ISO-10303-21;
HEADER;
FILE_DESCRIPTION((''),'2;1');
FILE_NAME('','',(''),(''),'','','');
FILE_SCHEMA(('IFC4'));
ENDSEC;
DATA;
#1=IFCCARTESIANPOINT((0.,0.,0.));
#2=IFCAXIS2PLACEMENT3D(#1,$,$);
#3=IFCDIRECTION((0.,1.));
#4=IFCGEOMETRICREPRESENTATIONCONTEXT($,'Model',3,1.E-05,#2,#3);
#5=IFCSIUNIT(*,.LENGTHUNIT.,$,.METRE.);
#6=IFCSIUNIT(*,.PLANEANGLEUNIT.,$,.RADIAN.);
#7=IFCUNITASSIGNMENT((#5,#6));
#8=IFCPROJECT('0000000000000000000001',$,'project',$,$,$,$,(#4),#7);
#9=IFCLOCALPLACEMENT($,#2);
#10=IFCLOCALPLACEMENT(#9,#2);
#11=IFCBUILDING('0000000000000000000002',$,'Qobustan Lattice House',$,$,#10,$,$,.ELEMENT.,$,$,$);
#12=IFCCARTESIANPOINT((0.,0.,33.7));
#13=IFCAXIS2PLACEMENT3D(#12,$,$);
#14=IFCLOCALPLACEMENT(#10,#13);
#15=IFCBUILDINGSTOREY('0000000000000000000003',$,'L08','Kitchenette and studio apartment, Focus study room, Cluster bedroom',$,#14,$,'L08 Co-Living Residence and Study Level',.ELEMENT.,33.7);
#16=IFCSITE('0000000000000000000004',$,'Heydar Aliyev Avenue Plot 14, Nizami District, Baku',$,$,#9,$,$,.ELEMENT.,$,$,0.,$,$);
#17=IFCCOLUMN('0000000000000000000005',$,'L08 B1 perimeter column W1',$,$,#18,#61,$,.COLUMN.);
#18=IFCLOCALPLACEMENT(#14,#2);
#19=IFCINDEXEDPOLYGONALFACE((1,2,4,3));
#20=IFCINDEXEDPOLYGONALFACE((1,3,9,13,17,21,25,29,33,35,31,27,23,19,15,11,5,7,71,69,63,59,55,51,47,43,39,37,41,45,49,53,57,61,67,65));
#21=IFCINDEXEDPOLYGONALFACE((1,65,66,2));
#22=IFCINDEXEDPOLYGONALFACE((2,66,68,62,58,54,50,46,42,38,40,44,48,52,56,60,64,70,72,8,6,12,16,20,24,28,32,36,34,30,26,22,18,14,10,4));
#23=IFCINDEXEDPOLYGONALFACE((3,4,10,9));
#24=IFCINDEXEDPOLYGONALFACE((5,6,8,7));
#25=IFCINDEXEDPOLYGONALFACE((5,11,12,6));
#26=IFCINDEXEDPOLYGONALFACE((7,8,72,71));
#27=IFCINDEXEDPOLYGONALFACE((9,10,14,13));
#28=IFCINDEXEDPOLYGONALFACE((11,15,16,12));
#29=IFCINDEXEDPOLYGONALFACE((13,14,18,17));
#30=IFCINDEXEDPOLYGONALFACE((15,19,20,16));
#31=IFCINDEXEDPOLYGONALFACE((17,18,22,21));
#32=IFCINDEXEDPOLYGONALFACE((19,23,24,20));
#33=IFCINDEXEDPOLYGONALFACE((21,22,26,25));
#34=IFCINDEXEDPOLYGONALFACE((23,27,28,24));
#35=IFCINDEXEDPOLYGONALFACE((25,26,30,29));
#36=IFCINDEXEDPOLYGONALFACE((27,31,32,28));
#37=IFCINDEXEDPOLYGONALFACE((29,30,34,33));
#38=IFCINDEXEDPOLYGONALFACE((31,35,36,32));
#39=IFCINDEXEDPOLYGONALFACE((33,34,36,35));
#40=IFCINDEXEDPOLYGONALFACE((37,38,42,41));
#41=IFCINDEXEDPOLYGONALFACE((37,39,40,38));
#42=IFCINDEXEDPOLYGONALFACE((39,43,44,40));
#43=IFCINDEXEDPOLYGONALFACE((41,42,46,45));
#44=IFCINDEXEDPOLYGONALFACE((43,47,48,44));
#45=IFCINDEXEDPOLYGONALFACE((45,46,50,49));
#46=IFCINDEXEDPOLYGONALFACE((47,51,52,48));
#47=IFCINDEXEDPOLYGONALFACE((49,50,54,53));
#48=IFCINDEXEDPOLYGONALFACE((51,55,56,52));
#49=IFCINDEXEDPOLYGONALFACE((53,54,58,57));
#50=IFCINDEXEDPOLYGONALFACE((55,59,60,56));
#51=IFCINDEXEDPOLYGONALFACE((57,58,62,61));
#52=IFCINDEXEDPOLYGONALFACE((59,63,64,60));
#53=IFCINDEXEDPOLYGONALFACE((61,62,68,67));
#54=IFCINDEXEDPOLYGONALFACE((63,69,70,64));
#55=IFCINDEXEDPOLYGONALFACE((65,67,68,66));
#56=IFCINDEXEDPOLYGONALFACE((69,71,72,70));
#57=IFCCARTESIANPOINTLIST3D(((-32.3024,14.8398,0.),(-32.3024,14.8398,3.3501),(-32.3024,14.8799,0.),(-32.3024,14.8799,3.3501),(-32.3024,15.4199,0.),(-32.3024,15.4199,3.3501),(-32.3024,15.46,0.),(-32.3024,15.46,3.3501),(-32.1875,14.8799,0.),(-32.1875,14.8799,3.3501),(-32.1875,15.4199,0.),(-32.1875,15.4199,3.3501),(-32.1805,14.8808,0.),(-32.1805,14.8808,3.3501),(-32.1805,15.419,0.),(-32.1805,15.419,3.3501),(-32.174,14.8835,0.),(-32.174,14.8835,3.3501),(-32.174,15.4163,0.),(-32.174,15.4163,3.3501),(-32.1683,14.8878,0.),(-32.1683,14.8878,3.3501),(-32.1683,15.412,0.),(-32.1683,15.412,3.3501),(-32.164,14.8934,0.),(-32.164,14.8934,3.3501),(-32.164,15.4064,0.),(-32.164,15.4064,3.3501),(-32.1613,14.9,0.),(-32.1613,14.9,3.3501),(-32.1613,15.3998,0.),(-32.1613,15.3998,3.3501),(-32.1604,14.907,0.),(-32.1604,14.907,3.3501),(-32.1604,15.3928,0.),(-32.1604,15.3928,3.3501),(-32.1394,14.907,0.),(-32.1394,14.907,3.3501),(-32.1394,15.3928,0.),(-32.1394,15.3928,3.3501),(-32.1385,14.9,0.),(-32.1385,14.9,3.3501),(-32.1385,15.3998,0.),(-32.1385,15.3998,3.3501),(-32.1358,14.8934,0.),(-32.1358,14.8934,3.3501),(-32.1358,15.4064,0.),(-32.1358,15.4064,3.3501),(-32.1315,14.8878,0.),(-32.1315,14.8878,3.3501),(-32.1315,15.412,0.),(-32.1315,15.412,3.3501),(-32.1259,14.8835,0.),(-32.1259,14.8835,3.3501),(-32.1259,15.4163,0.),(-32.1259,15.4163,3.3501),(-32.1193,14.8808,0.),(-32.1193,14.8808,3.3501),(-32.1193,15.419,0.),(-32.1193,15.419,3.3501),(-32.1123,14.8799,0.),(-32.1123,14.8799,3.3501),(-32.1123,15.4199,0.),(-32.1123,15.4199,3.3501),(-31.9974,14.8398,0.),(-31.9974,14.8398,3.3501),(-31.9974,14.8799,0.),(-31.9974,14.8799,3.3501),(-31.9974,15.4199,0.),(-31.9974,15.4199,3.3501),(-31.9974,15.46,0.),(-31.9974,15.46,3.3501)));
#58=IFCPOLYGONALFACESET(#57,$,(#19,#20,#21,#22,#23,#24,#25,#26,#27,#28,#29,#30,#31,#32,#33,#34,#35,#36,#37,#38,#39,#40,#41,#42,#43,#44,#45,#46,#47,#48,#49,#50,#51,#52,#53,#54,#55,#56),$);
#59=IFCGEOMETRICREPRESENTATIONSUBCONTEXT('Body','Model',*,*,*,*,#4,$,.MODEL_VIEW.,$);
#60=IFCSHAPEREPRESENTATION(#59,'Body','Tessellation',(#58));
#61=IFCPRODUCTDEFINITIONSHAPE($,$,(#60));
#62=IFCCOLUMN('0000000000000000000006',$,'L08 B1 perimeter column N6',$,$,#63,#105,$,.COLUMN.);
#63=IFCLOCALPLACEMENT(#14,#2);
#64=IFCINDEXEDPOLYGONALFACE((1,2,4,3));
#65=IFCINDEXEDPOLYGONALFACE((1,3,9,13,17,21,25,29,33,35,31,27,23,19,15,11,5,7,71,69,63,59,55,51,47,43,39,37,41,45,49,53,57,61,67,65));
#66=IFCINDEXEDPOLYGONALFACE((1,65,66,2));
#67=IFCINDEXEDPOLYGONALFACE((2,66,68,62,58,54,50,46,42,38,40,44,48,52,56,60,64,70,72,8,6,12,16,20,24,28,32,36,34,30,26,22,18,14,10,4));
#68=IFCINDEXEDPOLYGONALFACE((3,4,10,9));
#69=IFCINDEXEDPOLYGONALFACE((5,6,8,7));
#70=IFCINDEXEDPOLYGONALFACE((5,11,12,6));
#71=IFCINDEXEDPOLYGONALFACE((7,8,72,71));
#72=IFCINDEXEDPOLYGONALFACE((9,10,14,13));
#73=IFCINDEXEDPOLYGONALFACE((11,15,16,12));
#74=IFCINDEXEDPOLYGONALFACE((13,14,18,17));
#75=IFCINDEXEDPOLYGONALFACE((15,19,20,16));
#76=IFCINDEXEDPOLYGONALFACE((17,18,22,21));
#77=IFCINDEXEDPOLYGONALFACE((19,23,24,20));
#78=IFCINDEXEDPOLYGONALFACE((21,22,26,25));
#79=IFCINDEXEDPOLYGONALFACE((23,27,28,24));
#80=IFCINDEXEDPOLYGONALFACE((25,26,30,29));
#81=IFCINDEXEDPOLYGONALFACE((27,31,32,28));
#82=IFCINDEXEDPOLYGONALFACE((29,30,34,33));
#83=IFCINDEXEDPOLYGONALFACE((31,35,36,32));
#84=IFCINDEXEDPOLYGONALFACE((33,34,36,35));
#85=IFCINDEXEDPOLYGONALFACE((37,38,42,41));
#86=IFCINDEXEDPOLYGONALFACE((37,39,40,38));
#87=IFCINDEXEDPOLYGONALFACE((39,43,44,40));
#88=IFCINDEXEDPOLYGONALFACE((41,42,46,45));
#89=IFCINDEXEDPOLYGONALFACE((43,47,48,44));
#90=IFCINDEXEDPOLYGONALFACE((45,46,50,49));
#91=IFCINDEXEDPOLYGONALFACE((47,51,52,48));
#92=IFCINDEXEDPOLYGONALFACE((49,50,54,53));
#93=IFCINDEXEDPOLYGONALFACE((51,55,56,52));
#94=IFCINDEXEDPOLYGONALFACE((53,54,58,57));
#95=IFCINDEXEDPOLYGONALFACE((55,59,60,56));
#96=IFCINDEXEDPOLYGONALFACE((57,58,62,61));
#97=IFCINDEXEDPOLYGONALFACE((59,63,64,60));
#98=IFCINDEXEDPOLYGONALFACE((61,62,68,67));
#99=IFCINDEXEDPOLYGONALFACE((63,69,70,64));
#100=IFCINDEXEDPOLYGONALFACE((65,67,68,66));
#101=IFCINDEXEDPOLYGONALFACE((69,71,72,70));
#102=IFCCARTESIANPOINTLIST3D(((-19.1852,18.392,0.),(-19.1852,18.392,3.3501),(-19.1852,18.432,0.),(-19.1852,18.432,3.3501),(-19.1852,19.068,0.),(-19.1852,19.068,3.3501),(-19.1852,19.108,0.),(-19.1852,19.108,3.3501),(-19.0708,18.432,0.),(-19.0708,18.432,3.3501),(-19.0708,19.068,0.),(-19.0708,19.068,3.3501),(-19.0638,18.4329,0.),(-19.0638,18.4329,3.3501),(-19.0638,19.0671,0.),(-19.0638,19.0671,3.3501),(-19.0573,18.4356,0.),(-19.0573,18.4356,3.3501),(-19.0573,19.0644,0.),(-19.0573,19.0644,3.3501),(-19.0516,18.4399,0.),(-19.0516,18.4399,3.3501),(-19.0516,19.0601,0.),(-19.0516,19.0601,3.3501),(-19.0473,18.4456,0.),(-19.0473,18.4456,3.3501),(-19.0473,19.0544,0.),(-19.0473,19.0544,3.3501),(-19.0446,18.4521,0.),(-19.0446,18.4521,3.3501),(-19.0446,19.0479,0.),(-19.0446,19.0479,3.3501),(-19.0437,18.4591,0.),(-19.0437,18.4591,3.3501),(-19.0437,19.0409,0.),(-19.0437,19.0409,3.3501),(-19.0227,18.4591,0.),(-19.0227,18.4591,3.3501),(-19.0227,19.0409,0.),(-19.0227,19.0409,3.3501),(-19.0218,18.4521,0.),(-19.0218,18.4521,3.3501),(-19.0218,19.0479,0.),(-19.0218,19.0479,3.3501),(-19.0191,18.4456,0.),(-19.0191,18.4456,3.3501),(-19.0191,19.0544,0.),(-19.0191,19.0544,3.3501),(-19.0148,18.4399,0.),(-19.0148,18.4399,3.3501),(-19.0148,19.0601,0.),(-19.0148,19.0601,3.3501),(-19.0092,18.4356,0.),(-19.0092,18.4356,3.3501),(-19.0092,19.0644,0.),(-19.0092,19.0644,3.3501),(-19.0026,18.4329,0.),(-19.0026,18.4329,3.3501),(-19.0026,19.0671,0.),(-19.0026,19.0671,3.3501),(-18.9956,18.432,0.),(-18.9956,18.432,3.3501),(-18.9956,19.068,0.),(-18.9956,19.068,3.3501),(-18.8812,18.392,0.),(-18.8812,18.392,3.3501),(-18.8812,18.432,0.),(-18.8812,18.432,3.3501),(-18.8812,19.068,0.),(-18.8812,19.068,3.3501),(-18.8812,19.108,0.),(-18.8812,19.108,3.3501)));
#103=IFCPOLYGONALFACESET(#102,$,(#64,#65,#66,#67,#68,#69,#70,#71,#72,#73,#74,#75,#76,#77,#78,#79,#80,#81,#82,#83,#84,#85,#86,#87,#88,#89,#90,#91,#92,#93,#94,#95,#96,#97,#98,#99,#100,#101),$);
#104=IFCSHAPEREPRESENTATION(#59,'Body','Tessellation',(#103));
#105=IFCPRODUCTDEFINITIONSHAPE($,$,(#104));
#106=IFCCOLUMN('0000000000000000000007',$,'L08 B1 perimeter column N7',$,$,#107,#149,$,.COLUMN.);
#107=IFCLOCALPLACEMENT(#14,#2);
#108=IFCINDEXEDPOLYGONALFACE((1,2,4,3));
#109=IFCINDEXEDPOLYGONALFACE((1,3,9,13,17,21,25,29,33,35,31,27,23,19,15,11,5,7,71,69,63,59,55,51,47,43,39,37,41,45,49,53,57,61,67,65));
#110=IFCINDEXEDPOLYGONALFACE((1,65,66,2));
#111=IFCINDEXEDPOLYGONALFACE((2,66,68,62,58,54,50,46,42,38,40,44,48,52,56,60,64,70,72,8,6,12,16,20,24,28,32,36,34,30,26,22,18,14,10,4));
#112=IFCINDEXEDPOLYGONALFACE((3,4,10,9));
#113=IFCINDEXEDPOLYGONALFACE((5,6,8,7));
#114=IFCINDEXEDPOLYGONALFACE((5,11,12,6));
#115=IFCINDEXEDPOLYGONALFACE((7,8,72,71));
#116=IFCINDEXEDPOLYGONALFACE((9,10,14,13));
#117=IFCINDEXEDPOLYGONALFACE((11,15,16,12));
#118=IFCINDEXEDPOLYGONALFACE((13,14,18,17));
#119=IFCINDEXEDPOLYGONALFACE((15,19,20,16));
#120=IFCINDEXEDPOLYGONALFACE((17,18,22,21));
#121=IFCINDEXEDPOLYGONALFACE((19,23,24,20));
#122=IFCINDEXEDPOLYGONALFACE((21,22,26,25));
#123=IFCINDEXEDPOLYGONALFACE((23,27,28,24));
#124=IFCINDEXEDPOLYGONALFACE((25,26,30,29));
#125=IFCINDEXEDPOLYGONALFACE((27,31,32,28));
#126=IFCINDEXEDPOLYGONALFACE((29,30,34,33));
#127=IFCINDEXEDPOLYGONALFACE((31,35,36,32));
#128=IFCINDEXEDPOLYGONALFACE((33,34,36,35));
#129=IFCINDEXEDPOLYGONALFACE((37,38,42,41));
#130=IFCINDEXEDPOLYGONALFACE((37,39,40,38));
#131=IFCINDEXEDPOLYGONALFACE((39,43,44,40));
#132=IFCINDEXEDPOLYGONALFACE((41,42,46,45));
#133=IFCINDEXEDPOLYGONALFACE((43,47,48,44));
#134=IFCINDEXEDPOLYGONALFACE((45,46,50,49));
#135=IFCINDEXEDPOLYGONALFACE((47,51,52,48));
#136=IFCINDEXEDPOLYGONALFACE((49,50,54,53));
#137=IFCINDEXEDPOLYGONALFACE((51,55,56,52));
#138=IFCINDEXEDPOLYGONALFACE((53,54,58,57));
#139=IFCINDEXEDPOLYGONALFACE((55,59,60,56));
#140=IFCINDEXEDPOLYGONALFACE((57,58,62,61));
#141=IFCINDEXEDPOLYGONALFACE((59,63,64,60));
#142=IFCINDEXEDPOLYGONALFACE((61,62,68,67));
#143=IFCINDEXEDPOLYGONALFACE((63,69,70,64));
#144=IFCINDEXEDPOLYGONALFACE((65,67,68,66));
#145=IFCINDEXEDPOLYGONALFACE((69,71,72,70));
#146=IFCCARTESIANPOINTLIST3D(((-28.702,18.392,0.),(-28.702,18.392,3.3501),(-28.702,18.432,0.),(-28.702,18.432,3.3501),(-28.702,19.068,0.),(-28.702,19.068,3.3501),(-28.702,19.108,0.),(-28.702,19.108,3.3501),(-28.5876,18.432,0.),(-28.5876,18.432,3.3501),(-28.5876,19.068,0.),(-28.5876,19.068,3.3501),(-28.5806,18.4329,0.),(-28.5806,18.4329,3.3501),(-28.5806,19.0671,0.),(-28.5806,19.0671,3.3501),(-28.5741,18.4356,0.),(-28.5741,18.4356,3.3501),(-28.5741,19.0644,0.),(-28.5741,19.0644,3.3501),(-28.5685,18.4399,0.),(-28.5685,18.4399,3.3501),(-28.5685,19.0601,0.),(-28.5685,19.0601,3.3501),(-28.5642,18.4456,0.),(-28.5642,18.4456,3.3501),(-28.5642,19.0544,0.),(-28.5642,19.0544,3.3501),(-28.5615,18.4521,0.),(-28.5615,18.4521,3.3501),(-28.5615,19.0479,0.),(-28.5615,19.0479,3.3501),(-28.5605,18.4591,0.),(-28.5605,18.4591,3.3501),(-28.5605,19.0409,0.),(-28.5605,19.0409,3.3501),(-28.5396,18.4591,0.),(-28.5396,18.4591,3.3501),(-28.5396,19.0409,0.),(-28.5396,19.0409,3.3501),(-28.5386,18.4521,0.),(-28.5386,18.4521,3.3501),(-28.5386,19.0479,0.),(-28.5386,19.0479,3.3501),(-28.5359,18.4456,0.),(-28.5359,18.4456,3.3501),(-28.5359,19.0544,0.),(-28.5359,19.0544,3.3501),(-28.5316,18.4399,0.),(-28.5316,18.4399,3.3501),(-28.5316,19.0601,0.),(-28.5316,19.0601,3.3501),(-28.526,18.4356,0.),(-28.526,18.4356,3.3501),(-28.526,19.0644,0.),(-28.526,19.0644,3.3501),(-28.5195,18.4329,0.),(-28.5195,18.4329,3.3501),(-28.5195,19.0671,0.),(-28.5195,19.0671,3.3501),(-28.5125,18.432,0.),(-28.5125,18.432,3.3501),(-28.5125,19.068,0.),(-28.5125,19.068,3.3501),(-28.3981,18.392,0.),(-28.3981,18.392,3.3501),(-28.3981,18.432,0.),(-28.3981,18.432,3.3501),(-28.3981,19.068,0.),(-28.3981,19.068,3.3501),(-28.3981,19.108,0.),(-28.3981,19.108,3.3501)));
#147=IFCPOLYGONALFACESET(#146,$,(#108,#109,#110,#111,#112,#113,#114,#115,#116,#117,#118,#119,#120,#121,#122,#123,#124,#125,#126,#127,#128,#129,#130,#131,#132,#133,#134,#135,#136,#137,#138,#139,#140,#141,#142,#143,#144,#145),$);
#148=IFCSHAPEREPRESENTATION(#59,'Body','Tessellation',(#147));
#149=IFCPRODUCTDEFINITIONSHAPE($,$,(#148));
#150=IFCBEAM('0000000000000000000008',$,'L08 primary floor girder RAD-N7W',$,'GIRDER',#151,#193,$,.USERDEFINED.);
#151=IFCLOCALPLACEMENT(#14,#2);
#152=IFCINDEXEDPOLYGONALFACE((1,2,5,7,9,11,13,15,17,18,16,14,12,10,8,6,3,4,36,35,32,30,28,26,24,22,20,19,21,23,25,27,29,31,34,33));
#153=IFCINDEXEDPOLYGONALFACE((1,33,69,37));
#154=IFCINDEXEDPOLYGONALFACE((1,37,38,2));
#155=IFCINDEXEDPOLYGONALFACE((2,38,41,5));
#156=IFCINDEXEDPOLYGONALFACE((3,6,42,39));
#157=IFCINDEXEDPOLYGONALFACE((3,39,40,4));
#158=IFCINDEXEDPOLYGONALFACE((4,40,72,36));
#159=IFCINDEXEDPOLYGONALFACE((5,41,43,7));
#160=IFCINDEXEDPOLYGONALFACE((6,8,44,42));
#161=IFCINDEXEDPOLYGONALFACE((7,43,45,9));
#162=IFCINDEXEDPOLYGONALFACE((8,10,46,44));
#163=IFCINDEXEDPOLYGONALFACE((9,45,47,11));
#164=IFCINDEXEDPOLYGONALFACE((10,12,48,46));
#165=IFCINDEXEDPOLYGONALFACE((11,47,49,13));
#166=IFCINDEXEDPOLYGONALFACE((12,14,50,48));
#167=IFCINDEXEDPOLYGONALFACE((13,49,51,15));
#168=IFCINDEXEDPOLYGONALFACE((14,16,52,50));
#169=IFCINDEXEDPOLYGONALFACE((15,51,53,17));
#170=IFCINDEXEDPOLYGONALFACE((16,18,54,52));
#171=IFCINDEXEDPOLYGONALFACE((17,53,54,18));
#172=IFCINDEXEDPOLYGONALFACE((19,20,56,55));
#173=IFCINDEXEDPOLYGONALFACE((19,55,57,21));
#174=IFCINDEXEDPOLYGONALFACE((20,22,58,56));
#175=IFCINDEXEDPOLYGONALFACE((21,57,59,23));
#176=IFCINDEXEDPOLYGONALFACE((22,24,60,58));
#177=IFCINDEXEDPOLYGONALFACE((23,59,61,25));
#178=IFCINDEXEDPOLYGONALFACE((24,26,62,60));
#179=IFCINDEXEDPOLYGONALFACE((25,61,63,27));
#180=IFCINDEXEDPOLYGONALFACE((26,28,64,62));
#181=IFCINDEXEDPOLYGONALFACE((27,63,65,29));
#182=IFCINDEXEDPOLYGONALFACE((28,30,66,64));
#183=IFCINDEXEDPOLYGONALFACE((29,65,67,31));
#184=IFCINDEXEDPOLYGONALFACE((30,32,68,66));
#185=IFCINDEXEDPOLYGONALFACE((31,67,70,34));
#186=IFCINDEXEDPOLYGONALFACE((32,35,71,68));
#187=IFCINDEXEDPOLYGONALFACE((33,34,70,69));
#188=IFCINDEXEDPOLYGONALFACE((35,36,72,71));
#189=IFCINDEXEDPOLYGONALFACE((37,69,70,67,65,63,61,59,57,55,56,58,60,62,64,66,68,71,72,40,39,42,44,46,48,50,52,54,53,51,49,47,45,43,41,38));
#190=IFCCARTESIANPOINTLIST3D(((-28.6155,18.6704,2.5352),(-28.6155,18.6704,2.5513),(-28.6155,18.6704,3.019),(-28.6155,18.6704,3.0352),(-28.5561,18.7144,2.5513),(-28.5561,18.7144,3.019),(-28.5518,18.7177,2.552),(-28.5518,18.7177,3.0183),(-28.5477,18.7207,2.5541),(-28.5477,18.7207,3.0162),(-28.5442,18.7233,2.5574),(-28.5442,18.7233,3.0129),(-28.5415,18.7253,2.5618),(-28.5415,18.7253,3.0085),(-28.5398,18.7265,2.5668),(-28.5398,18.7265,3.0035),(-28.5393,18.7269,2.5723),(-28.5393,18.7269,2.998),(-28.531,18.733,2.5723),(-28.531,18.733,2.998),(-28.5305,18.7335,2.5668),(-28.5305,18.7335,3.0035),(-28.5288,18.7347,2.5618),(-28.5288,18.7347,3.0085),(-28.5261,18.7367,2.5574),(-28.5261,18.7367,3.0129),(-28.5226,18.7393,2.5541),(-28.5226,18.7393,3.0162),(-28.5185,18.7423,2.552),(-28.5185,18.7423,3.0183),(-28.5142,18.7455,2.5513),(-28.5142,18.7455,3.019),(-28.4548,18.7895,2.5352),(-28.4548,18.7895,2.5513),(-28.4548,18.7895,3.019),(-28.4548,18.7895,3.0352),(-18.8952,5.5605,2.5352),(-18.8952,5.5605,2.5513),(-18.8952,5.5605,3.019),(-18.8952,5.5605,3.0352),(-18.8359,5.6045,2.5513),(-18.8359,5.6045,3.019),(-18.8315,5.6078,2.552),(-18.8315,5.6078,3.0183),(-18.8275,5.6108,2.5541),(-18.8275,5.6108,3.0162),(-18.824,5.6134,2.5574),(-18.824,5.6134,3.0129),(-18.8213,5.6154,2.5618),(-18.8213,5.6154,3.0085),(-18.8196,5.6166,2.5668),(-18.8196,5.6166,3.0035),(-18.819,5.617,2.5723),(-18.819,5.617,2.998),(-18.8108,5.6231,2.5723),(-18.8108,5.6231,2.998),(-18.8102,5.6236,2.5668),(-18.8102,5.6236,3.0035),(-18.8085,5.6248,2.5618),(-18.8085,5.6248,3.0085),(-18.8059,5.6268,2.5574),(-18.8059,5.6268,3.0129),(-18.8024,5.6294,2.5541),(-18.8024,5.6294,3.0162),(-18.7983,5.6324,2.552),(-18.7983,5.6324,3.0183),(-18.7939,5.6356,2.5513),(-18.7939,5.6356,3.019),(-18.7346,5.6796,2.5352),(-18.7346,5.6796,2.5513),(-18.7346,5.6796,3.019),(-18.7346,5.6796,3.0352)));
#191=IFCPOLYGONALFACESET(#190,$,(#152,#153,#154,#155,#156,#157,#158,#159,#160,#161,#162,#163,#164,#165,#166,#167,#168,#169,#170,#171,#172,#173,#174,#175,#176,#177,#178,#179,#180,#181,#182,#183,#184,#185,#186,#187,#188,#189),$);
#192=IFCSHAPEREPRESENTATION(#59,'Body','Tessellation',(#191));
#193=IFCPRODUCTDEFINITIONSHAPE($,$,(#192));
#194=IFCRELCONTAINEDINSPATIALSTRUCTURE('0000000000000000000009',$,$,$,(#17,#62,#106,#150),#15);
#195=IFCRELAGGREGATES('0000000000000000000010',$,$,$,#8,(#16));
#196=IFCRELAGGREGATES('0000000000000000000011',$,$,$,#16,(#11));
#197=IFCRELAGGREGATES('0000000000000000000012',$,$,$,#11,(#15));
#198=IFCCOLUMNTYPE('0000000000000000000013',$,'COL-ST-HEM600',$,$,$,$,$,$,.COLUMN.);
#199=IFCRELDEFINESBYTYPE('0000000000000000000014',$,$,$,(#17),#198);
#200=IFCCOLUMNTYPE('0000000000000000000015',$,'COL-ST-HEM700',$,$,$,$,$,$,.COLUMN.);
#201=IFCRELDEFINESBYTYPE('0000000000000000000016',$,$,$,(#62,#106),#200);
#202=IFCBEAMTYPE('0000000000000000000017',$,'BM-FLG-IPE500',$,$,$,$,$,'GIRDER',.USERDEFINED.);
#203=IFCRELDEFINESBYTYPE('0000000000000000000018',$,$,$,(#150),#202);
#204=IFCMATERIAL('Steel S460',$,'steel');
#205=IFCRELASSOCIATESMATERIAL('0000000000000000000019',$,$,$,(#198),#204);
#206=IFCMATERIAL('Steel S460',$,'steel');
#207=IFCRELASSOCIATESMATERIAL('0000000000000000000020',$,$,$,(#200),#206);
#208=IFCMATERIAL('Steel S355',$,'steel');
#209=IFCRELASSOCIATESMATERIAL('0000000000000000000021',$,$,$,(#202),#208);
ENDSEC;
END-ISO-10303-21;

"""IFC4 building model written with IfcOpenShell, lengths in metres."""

from ifc_helpers import new_model, si_unit, direction, frame, origin, origin_2d, place, context, subcontext, project, spatial, i_section, extrude, material, material_profile, profile_set, type_object, element, save


model = new_model("IFC4")

# Units and contexts
model_context = context("Model", 3, precision=1e-05, world=origin(), true_north=direction((0.0, 1.0)))
body_context = subcontext(model_context, "Body", "Model", "MODEL_VIEW")
ifc_project = project(units=[si_unit("LENGTHUNIT", "METRE"), si_unit("PLANEANGLEUNIT", "RADIAN")], contexts=[model_context])

# Site, building, storey
site_placement = place(None, origin())
site = spatial("IfcSite", under=ifc_project, at=site_placement, Name="Heydar Aliyev Avenue Plot 14, Nizami District, Baku", CompositionType="ELEMENT", RefElevation=0.0)
building_placement = place(site_placement, origin())
building = spatial("IfcBuilding", under=site, at=building_placement, Name="Qobustan Lattice House", CompositionType="ELEMENT")
storey_placement = place(building_placement, frame((0.0, 0.0, 33.7)))
storey = spatial("IfcBuildingStorey", under=building, at=storey_placement, Name="L08", Description="Kitchenette and studio apartment, Focus study room, Cluster bedroom", LongName="L08 Co-Living Residence and Study Level", CompositionType="ELEMENT", Elevation=33.7)

# Columns
ifc_material_1 = material(Name="Steel S460", Category="steel")
ifc_material_profile_1 = material_profile(ifc_material_1, i_section(OverallWidth=0.3049, OverallDepth=0.6201, WebThickness=0.021, FlangeThickness=0.04, FilletRadius=0.0271, at=origin_2d()), Name="HEM600")
ifc_profile_set_1 = profile_set([ifc_material_profile_1], Name="Steel S460")
column_type_1 = type_object("IfcColumnType", Name="COL-ST-HEM600", PredefinedType="COLUMN", material=ifc_profile_set_1)
column_placement = place(storey_placement, frame((-32.1499, 15.1499, 0.0), z_axis=(0.0, 0.0, 1.0), x_axis=(1.0, 0.0, 0.0)))
element("IfcColumn", 1, at=column_placement, inside=storey, type_object=column_type_1, Name="L08 B1 perimeter column W1", PredefinedType="COLUMN", context=body_context, shape_type="SweptSolid", body=[
    extrude(i_section(OverallWidth=0.3049, OverallDepth=0.6201, WebThickness=0.021, FlangeThickness=0.04, FilletRadius=0.0271, at=origin_2d()), origin(), (0.0, 0.0, 1.0), 3.3501),
])
ifc_material_2 = material(Name="Steel S460", Category="steel")
ifc_material_profile_2 = material_profile(ifc_material_2, i_section(OverallWidth=0.304, OverallDepth=0.7161, WebThickness=0.021, FlangeThickness=0.04, FilletRadius=0.0271, at=origin_2d()), Name="HEM700")
ifc_profile_set_2 = profile_set([ifc_material_profile_2], Name="Steel S460")
column_type_2 = type_object("IfcColumnType", Name="COL-ST-HEM700", PredefinedType="COLUMN", material=ifc_profile_set_2)
for number, where, z_axis, x_axis, name in (
    (2, (-19.0332, 18.75, 0.0), (0.0, 0.0, 1.0), (1.0, 0.0, 0.0), "L08 B1 perimeter column N6"),
    (3, (-28.55, 18.75, 0.0), (0.0, 0.0, 1.0), (1.0, 0.0, 0.0), "L08 B1 perimeter column N7"),
):
    element("IfcColumn", number, at=place(storey_placement, frame(where, z_axis=z_axis, x_axis=x_axis)), inside=storey, type_object=column_type_2, Name=name, PredefinedType="COLUMN", context=body_context, shape_type="SweptSolid", body=[
        extrude(i_section(OverallWidth=0.304, OverallDepth=0.7161, WebThickness=0.021, FlangeThickness=0.04, FilletRadius=0.0271, at=origin_2d()), origin(), (0.0, 0.0, 1.0), 3.3501),
    ])

# Beam
ifc_material_3 = material(Name="Steel S355", Category="steel")
ifc_material_profile_3 = material_profile(ifc_material_3, i_section(OverallWidth=0.2, OverallDepth=0.5, WebThickness=0.0103, FlangeThickness=0.0161, FilletRadius=0.021, at=origin_2d()), Name="IPE500")
ifc_profile_set_3 = profile_set([ifc_material_profile_3], Name="Steel S355")
beam_type_1 = type_object("IfcBeamType", Name="BM-FLG-IPE500", ElementType="GIRDER", PredefinedType="USERDEFINED", material=ifc_profile_set_3)
beam_1_placement = place(storey_placement, frame((-28.5352, 18.73, 2.7852), z_axis=(0.595592, -0.803287, 0.0), x_axis=(0.803287, 0.595592, 0.0)))
element("IfcBeam", 4, at=beam_1_placement, inside=storey, type_object=beam_type_1, Name="L08 primary floor girder RAD-N7W", ObjectType="GIRDER", PredefinedType="USERDEFINED", context=body_context, shape_type="SweptSolid", body=[
    extrude(i_section(OverallWidth=0.2, OverallDepth=0.5, WebThickness=0.0103, FlangeThickness=0.0161, FilletRadius=0.021, at=origin_2d()), origin(), (0.0, 0.0, 1.0), 16.3203),
])

save(model, "model.ifc")
